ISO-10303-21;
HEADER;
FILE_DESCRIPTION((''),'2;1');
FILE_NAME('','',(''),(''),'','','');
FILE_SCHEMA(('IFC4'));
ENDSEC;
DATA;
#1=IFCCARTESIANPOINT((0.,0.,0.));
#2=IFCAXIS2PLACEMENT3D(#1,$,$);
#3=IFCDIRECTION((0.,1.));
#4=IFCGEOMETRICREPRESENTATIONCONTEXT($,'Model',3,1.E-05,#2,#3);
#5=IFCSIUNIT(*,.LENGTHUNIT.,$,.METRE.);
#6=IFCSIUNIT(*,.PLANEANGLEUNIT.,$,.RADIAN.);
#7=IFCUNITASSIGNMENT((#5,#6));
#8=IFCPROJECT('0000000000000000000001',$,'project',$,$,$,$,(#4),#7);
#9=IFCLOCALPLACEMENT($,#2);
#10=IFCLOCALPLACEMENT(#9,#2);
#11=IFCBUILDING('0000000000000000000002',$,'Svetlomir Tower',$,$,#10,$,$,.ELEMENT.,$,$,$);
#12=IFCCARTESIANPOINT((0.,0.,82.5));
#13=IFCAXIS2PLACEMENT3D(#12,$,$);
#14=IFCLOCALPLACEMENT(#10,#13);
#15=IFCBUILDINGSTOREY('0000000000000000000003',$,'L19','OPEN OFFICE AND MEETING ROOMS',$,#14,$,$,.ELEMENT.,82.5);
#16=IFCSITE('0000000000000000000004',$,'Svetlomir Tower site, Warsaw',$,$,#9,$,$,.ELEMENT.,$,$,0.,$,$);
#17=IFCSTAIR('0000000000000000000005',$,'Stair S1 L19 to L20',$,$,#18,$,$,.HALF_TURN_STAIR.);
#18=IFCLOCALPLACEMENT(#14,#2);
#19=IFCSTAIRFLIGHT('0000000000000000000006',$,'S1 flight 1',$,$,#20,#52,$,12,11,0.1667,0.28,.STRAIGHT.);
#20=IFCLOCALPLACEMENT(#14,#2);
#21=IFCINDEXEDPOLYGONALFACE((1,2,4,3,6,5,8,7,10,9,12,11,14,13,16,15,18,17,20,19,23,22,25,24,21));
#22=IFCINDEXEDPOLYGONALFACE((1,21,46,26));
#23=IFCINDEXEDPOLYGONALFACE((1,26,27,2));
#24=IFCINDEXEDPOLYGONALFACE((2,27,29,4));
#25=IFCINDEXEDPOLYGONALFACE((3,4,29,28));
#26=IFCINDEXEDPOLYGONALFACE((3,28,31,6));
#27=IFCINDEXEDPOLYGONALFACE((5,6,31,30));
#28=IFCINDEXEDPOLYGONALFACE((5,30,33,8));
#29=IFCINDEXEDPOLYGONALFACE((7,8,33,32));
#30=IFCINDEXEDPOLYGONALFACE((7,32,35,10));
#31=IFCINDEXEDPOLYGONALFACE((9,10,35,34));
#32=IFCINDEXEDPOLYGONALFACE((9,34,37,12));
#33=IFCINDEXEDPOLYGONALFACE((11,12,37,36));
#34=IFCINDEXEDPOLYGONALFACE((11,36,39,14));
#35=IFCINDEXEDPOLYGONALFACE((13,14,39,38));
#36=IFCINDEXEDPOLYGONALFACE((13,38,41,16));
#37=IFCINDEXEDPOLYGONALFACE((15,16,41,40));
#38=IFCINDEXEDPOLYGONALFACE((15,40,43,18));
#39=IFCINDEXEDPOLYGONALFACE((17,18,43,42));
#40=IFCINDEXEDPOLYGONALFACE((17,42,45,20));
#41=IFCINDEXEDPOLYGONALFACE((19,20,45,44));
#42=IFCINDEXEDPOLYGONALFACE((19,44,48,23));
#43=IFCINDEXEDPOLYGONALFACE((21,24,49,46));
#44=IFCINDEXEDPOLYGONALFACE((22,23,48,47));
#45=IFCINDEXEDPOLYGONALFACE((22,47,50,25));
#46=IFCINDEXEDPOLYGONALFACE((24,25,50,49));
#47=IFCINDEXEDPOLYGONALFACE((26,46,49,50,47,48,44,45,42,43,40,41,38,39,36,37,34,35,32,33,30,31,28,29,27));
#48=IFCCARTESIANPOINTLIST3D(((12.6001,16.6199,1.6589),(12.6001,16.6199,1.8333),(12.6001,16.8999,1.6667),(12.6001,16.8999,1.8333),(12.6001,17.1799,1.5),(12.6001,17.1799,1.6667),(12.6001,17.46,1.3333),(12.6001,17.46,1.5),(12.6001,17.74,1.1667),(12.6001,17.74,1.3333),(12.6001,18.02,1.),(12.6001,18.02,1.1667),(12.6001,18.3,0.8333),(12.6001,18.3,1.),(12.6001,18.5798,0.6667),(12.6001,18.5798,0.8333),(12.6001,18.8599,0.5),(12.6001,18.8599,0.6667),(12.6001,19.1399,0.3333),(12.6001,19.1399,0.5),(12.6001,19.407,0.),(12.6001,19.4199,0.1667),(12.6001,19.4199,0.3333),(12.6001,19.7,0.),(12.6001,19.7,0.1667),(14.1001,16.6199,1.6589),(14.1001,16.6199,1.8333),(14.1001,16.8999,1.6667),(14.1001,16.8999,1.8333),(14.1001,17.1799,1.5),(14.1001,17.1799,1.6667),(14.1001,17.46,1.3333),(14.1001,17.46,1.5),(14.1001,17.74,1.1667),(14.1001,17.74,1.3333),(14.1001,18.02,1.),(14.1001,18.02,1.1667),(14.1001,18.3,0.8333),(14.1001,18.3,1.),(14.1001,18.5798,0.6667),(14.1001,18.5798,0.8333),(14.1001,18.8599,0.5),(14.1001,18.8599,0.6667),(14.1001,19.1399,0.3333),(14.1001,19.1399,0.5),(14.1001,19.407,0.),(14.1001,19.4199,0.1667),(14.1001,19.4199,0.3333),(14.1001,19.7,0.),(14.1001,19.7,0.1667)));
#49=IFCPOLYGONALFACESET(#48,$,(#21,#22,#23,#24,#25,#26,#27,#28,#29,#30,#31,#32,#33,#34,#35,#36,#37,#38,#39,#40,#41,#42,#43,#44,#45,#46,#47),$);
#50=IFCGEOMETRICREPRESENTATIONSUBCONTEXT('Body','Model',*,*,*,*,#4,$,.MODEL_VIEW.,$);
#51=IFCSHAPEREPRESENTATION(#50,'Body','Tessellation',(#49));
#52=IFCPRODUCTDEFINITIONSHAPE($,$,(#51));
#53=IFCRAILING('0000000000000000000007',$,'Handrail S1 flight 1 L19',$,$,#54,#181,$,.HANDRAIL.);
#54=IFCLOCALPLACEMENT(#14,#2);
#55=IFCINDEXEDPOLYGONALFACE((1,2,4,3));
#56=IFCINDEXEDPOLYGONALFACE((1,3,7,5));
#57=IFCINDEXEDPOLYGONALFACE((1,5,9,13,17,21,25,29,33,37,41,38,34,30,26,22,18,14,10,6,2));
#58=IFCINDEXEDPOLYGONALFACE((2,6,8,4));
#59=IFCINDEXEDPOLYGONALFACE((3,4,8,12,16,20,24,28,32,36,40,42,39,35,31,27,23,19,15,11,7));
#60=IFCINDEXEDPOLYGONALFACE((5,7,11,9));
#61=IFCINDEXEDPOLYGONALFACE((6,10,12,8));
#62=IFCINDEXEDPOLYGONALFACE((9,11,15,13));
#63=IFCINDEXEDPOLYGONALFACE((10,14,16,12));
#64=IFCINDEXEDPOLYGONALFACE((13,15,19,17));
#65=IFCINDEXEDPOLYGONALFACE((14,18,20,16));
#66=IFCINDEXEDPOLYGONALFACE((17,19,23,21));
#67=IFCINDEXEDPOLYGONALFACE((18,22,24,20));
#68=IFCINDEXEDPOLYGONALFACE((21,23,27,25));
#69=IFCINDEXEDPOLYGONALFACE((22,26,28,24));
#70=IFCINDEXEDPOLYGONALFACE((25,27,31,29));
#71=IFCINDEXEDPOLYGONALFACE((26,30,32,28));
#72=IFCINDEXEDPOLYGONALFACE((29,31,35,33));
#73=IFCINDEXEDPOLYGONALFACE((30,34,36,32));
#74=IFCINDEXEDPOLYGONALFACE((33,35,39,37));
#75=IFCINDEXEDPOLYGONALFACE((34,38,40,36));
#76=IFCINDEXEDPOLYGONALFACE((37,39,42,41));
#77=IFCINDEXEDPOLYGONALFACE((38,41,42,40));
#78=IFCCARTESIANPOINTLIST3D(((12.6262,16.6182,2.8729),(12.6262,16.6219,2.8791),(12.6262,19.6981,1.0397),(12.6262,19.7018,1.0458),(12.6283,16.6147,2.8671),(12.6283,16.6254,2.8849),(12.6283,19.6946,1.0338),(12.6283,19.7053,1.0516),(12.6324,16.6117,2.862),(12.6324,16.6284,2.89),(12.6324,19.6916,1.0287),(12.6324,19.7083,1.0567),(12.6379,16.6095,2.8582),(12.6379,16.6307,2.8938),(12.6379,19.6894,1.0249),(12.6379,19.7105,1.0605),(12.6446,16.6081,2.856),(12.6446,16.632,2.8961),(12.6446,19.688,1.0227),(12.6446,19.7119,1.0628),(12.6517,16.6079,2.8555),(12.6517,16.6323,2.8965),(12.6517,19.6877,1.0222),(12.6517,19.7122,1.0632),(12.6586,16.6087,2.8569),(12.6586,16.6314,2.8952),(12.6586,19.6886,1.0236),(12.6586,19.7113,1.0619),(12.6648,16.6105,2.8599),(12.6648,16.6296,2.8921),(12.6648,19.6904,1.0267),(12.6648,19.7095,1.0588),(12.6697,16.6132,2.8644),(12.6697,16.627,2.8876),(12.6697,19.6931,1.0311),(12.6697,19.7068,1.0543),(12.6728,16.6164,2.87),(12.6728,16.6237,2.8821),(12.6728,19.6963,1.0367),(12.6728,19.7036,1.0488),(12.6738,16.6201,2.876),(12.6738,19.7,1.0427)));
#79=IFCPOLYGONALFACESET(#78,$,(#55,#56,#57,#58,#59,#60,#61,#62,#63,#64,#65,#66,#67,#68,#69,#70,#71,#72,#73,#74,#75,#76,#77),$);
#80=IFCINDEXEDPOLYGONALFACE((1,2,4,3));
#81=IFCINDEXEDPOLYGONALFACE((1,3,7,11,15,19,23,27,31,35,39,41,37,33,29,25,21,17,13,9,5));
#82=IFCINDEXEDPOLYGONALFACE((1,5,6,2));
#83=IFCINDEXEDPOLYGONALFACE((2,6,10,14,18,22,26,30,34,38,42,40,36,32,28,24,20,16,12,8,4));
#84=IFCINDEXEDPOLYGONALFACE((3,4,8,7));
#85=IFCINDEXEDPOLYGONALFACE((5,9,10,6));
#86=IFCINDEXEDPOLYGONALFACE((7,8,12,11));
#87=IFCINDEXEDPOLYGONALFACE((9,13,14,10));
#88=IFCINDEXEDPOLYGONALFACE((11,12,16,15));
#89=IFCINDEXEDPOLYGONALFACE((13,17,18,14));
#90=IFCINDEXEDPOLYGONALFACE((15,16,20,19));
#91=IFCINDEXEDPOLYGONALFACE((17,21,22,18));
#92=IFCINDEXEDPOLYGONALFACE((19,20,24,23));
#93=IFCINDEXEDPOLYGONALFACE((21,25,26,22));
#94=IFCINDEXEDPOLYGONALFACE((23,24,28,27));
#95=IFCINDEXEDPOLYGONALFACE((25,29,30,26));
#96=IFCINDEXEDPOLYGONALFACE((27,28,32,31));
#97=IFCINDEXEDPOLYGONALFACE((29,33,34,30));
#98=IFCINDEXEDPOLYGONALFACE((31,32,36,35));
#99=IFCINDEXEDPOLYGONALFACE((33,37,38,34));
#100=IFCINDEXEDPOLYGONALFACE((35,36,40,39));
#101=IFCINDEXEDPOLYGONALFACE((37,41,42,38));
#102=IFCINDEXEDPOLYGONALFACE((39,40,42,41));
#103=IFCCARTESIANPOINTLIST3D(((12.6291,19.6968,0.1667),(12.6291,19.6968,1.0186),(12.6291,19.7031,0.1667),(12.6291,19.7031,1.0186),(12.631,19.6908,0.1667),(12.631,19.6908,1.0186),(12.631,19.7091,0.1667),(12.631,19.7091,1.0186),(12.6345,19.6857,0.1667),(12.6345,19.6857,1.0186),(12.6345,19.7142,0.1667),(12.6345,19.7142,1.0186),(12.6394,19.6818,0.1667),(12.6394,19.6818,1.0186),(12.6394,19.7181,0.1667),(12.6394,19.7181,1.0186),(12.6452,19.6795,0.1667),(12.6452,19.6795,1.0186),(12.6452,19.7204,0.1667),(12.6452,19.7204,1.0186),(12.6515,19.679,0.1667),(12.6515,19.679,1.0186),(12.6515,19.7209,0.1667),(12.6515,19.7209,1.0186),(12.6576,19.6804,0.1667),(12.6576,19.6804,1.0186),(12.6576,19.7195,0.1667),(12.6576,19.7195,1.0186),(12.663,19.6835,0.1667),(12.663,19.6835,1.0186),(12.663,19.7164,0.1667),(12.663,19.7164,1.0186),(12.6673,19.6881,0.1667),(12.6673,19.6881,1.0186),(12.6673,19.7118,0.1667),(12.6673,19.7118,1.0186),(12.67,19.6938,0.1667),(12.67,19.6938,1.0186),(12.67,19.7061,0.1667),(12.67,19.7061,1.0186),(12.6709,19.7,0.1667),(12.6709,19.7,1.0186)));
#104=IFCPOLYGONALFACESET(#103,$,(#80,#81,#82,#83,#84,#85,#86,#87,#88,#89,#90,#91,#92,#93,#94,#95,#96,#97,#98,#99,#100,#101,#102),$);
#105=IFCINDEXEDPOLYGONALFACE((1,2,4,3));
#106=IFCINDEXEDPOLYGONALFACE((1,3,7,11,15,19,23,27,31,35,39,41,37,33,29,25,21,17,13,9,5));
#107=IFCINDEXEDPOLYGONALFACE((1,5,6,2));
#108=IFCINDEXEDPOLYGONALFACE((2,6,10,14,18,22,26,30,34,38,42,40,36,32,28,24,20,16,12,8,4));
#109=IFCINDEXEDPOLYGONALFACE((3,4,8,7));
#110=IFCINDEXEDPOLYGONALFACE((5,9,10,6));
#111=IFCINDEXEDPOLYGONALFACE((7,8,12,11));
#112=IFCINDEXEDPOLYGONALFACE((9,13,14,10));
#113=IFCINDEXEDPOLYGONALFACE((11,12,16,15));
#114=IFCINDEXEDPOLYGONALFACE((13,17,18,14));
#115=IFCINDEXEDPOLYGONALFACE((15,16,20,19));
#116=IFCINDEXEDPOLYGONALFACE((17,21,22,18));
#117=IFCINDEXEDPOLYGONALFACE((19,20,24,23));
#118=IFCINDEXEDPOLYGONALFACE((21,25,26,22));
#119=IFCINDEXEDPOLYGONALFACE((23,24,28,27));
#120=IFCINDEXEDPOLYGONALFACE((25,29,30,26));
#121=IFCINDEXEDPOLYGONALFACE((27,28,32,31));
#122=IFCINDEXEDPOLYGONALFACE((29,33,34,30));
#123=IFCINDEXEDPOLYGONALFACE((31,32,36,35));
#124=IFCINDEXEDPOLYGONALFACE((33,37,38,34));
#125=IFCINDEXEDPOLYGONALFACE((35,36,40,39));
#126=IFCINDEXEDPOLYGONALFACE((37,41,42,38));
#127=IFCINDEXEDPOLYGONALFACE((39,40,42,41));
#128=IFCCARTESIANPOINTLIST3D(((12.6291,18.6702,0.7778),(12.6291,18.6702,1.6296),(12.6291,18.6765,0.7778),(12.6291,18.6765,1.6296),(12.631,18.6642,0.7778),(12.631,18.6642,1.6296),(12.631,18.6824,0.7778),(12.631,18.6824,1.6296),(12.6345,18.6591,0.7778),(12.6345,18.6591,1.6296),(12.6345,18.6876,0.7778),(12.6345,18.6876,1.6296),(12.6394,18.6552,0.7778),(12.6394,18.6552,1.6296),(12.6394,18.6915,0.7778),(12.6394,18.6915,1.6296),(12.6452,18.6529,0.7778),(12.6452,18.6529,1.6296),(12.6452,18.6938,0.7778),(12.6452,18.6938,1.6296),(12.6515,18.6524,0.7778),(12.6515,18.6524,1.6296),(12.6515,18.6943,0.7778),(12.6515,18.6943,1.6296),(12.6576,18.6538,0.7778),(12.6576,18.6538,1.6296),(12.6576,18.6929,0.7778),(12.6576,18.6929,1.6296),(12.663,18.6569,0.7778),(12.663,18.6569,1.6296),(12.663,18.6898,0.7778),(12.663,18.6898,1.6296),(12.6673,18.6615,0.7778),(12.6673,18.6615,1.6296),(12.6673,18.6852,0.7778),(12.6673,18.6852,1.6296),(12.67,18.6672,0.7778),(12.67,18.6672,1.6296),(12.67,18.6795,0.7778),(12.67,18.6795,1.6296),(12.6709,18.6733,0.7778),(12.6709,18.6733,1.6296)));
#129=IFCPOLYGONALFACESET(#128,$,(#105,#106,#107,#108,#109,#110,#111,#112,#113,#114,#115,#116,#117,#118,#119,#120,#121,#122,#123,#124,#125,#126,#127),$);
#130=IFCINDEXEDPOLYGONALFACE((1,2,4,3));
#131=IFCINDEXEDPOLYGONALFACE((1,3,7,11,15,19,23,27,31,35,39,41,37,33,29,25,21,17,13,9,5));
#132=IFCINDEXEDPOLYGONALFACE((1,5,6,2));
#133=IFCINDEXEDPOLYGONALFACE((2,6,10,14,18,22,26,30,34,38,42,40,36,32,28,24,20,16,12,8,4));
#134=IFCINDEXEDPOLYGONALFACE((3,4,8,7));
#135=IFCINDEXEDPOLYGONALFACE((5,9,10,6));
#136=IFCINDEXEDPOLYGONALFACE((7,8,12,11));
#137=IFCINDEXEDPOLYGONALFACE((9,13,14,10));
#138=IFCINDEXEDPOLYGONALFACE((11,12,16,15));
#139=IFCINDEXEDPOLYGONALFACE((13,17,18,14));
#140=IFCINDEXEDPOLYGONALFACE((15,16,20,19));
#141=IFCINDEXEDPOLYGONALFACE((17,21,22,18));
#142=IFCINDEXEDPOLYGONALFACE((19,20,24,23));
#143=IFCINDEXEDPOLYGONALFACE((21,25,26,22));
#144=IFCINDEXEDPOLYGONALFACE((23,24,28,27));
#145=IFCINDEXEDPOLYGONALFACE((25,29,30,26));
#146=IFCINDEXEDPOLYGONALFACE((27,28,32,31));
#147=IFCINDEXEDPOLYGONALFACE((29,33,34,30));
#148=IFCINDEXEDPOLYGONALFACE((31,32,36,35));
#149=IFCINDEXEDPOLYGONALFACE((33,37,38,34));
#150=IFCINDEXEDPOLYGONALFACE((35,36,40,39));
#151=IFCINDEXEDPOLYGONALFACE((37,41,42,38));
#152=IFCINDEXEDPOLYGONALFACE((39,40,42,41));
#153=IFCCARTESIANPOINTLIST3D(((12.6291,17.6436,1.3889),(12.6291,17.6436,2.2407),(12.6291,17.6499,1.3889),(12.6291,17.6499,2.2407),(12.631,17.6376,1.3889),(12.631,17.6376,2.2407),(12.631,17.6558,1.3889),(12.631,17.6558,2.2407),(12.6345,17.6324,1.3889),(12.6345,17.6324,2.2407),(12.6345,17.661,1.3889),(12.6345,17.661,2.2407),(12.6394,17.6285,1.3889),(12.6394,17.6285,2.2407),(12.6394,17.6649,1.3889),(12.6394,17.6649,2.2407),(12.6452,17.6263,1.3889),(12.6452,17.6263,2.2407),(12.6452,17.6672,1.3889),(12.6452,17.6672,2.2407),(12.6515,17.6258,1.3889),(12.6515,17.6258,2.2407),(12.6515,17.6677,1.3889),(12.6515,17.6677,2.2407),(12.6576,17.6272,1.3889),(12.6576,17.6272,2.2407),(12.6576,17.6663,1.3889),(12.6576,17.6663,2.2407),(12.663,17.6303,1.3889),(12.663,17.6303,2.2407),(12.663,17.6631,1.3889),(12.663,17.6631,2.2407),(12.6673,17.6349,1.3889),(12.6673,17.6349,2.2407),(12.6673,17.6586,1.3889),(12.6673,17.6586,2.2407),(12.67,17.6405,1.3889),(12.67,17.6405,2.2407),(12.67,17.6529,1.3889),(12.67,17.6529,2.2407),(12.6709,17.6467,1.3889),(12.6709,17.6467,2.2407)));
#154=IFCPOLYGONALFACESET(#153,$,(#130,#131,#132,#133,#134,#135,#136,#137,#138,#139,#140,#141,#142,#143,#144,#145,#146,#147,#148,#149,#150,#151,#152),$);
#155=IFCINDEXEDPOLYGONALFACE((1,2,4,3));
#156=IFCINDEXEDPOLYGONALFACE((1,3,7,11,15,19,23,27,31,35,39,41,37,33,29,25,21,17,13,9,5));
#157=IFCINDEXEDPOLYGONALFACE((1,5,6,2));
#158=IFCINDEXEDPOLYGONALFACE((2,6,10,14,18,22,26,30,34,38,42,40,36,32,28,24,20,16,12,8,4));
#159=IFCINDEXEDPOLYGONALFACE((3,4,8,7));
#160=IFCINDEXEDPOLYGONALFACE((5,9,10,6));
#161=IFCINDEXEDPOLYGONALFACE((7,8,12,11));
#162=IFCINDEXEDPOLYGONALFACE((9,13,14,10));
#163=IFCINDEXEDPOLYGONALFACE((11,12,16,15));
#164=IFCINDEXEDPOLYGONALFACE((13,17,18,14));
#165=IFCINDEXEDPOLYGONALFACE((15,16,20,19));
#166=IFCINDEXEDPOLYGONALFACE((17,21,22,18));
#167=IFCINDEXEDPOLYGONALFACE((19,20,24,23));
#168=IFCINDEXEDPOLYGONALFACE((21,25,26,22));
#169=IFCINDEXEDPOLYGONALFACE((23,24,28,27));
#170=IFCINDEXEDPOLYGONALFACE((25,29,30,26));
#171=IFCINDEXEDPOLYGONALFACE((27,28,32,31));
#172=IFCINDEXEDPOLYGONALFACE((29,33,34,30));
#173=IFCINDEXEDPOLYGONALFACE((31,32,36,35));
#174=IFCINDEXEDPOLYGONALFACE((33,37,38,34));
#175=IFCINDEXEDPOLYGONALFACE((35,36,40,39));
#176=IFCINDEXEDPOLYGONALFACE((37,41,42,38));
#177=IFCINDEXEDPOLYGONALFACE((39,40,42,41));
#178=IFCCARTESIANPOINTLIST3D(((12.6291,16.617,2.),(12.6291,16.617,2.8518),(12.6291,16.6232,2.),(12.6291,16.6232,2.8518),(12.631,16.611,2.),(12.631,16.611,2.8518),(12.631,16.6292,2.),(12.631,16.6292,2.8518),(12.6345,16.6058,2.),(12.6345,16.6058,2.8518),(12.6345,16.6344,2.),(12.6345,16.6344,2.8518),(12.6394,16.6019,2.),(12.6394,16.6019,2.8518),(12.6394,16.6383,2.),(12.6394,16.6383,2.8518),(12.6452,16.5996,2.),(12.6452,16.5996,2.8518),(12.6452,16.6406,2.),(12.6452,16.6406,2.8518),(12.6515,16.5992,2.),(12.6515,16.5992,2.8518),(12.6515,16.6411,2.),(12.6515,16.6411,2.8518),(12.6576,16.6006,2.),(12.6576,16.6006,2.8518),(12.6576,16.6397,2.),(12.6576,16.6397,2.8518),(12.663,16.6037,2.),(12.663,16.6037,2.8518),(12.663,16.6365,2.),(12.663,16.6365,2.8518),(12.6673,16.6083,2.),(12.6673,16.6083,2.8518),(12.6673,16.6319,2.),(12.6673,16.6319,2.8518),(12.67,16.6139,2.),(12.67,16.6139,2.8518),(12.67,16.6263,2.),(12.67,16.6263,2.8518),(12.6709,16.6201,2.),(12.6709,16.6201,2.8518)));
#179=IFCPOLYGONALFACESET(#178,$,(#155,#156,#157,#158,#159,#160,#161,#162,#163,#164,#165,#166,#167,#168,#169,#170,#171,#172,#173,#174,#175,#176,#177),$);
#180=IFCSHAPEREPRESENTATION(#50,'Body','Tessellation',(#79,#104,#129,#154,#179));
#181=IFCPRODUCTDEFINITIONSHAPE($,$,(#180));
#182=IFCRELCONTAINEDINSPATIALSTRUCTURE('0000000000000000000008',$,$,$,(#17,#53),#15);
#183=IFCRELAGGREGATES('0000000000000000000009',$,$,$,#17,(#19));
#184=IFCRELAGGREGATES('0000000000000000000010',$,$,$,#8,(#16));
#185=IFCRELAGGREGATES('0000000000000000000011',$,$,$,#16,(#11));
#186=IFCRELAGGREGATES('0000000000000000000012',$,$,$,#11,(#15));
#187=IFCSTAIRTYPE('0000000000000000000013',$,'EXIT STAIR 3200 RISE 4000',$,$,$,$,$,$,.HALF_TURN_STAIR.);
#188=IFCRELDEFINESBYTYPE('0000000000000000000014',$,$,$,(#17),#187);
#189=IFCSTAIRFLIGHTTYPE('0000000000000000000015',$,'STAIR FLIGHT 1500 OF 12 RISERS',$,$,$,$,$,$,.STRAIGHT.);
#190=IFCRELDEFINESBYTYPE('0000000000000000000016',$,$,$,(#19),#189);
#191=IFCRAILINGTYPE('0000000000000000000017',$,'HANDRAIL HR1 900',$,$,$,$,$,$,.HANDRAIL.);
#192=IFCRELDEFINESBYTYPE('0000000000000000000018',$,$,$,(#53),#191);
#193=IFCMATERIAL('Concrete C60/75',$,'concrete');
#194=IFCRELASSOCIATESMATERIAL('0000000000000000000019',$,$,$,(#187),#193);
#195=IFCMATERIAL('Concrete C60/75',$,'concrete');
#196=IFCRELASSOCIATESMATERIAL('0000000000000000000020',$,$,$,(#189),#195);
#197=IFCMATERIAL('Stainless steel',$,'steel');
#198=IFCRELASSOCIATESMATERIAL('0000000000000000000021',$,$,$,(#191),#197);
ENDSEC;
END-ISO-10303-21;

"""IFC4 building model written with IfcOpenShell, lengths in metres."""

from ifc_helpers import new_model, si_unit, direction, frame, origin, origin_2d, place, context, subcontext, project, spatial, polyline, circle, outline, extrude, material, type_object, element, aggregate, save


model = new_model("IFC4")

# Units and contexts
model_context = context("Model", 3, precision=1e-05, world=origin(), true_north=direction((0.0, 1.0)))
body_context = subcontext(model_context, "Body", "Model", "MODEL_VIEW")
ifc_project = project(units=[si_unit("LENGTHUNIT", "METRE"), si_unit("PLANEANGLEUNIT", "RADIAN")], contexts=[model_context])

# Site, building, storey
site_placement = place(None, origin())
site = spatial("IfcSite", under=ifc_project, at=site_placement, Name="Svetlomir Tower site, Warsaw", CompositionType="ELEMENT", RefElevation=0.0)
building_placement = place(site_placement, origin())
building = spatial("IfcBuilding", under=site, at=building_placement, Name="Svetlomir Tower", CompositionType="ELEMENT")
storey_placement = place(building_placement, frame((0.0, 0.0, 82.5)))
storey = spatial("IfcBuildingStorey", under=building, at=storey_placement, Name="L19", Description="OPEN OFFICE AND MEETING ROOMS", CompositionType="ELEMENT", Elevation=82.5)

# Stair, stair flight
ifc_material_1 = material(Name="Concrete C60/75", Category="concrete")
stair_type = type_object("IfcStairType", Name="EXIT STAIR 3200 RISE 4000", PredefinedType="HALF_TURN_STAIR", material=ifc_material_1)
stair_placement = place(storey_placement, origin())
stair = element("IfcStair", 1, at=stair_placement, inside=storey, type_object=stair_type, Name="Stair S1 L19 to L20", PredefinedType="HALF_TURN_STAIR")
ifc_material_2 = material(Name="Concrete C60/75", Category="concrete")
stair_flight_type = type_object("IfcStairFlightType", Name="STAIR FLIGHT 1500 OF 12 RISERS", PredefinedType="STRAIGHT", material=ifc_material_2)
stair_flight_placement = place(storey_placement, frame((13.3501, 19.7, 0.0), z_axis=(0.0, 0.0, 1.0), x_axis=(0.0, -1.0, 0.0)))
stair_flight = element("IfcStairFlight", 2, at=stair_flight_placement, type_object=stair_flight_type, Name="S1 flight 1", NumberOfRisers=12, NumberOfTreads=11, PredefinedType="STRAIGHT", RiserHeight=0.1667, TreadLength=0.28, context=body_context, shape_type="SweptSolid", body=[
    extrude(outline(polyline([(0.0, 0.0), (0.0, 0.1667), (0.28, 0.1667), (0.28, 0.3333), (0.5601, 0.3333), (0.5601, 0.5), (0.8401, 0.5), (0.8401, 0.6667), (1.1201, 0.6667), (1.1201, 0.8333), (1.3999, 0.8333), (1.3999, 1.0), (1.6799, 1.0), (1.6799, 1.1667), (1.96, 1.1667), (1.96, 1.3333), (2.24, 1.3333), (2.24, 1.5), (2.52, 1.5), (2.52, 1.6667), (2.8, 1.6667), (2.8, 1.8333), (3.0801, 1.8333), (3.0801, 2.0), (3.0801, 1.6589), (0.293, 0.0), (0.0, 0.0)])), frame((0.0, 0.75, 0.0), z_axis=(0.0, -1.0, 0.0), x_axis=(1.0, 0.0, 0.0)), (0.0, 0.0, 1.0), 1.5),
])
aggregate(stair, [stair_flight])

# Railing
ifc_material_3 = material(Name="Stainless steel", Category="steel")
railing_type = type_object("IfcRailingType", Name="HANDRAIL HR1 900", PredefinedType="HANDRAIL", material=ifc_material_3)
railing_placement = place(storey_placement, frame((12.6499, 19.7, 0.1667)))
element("IfcRailing", 3, at=railing_placement, inside=storey, type_object=railing_type, Name="Handrail S1 flight 1 L19", PredefinedType="HANDRAIL", context=body_context, shape_type="SweptSolid", body=[
    extrude(circle(Radius=0.0239, at=origin_2d()), frame((0.0, 0.0, 0.876), z_axis=(0.0, -0.859291, 0.511487), x_axis=(1.0, 0.0, 0.0)), (0.0, 0.0, 1.0), 3.5842),
    extrude(circle(Radius=0.021, at=origin_2d()), origin(), (0.0, 0.0, 1.0), 0.8518),
    extrude(circle(Radius=0.021, at=origin_2d()), frame((0.0, -1.0266, 0.6111)), (0.0, 0.0, 1.0), 0.8518),
    extrude(circle(Radius=0.021, at=origin_2d()), frame((0.0, -2.0532, 1.2222)), (0.0, 0.0, 1.0), 0.8518),
    extrude(circle(Radius=0.021, at=origin_2d()), frame((0.0, -3.0798, 1.8333)), (0.0, 0.0, 1.0), 0.8518),
])

save(model, "model.ifc")
